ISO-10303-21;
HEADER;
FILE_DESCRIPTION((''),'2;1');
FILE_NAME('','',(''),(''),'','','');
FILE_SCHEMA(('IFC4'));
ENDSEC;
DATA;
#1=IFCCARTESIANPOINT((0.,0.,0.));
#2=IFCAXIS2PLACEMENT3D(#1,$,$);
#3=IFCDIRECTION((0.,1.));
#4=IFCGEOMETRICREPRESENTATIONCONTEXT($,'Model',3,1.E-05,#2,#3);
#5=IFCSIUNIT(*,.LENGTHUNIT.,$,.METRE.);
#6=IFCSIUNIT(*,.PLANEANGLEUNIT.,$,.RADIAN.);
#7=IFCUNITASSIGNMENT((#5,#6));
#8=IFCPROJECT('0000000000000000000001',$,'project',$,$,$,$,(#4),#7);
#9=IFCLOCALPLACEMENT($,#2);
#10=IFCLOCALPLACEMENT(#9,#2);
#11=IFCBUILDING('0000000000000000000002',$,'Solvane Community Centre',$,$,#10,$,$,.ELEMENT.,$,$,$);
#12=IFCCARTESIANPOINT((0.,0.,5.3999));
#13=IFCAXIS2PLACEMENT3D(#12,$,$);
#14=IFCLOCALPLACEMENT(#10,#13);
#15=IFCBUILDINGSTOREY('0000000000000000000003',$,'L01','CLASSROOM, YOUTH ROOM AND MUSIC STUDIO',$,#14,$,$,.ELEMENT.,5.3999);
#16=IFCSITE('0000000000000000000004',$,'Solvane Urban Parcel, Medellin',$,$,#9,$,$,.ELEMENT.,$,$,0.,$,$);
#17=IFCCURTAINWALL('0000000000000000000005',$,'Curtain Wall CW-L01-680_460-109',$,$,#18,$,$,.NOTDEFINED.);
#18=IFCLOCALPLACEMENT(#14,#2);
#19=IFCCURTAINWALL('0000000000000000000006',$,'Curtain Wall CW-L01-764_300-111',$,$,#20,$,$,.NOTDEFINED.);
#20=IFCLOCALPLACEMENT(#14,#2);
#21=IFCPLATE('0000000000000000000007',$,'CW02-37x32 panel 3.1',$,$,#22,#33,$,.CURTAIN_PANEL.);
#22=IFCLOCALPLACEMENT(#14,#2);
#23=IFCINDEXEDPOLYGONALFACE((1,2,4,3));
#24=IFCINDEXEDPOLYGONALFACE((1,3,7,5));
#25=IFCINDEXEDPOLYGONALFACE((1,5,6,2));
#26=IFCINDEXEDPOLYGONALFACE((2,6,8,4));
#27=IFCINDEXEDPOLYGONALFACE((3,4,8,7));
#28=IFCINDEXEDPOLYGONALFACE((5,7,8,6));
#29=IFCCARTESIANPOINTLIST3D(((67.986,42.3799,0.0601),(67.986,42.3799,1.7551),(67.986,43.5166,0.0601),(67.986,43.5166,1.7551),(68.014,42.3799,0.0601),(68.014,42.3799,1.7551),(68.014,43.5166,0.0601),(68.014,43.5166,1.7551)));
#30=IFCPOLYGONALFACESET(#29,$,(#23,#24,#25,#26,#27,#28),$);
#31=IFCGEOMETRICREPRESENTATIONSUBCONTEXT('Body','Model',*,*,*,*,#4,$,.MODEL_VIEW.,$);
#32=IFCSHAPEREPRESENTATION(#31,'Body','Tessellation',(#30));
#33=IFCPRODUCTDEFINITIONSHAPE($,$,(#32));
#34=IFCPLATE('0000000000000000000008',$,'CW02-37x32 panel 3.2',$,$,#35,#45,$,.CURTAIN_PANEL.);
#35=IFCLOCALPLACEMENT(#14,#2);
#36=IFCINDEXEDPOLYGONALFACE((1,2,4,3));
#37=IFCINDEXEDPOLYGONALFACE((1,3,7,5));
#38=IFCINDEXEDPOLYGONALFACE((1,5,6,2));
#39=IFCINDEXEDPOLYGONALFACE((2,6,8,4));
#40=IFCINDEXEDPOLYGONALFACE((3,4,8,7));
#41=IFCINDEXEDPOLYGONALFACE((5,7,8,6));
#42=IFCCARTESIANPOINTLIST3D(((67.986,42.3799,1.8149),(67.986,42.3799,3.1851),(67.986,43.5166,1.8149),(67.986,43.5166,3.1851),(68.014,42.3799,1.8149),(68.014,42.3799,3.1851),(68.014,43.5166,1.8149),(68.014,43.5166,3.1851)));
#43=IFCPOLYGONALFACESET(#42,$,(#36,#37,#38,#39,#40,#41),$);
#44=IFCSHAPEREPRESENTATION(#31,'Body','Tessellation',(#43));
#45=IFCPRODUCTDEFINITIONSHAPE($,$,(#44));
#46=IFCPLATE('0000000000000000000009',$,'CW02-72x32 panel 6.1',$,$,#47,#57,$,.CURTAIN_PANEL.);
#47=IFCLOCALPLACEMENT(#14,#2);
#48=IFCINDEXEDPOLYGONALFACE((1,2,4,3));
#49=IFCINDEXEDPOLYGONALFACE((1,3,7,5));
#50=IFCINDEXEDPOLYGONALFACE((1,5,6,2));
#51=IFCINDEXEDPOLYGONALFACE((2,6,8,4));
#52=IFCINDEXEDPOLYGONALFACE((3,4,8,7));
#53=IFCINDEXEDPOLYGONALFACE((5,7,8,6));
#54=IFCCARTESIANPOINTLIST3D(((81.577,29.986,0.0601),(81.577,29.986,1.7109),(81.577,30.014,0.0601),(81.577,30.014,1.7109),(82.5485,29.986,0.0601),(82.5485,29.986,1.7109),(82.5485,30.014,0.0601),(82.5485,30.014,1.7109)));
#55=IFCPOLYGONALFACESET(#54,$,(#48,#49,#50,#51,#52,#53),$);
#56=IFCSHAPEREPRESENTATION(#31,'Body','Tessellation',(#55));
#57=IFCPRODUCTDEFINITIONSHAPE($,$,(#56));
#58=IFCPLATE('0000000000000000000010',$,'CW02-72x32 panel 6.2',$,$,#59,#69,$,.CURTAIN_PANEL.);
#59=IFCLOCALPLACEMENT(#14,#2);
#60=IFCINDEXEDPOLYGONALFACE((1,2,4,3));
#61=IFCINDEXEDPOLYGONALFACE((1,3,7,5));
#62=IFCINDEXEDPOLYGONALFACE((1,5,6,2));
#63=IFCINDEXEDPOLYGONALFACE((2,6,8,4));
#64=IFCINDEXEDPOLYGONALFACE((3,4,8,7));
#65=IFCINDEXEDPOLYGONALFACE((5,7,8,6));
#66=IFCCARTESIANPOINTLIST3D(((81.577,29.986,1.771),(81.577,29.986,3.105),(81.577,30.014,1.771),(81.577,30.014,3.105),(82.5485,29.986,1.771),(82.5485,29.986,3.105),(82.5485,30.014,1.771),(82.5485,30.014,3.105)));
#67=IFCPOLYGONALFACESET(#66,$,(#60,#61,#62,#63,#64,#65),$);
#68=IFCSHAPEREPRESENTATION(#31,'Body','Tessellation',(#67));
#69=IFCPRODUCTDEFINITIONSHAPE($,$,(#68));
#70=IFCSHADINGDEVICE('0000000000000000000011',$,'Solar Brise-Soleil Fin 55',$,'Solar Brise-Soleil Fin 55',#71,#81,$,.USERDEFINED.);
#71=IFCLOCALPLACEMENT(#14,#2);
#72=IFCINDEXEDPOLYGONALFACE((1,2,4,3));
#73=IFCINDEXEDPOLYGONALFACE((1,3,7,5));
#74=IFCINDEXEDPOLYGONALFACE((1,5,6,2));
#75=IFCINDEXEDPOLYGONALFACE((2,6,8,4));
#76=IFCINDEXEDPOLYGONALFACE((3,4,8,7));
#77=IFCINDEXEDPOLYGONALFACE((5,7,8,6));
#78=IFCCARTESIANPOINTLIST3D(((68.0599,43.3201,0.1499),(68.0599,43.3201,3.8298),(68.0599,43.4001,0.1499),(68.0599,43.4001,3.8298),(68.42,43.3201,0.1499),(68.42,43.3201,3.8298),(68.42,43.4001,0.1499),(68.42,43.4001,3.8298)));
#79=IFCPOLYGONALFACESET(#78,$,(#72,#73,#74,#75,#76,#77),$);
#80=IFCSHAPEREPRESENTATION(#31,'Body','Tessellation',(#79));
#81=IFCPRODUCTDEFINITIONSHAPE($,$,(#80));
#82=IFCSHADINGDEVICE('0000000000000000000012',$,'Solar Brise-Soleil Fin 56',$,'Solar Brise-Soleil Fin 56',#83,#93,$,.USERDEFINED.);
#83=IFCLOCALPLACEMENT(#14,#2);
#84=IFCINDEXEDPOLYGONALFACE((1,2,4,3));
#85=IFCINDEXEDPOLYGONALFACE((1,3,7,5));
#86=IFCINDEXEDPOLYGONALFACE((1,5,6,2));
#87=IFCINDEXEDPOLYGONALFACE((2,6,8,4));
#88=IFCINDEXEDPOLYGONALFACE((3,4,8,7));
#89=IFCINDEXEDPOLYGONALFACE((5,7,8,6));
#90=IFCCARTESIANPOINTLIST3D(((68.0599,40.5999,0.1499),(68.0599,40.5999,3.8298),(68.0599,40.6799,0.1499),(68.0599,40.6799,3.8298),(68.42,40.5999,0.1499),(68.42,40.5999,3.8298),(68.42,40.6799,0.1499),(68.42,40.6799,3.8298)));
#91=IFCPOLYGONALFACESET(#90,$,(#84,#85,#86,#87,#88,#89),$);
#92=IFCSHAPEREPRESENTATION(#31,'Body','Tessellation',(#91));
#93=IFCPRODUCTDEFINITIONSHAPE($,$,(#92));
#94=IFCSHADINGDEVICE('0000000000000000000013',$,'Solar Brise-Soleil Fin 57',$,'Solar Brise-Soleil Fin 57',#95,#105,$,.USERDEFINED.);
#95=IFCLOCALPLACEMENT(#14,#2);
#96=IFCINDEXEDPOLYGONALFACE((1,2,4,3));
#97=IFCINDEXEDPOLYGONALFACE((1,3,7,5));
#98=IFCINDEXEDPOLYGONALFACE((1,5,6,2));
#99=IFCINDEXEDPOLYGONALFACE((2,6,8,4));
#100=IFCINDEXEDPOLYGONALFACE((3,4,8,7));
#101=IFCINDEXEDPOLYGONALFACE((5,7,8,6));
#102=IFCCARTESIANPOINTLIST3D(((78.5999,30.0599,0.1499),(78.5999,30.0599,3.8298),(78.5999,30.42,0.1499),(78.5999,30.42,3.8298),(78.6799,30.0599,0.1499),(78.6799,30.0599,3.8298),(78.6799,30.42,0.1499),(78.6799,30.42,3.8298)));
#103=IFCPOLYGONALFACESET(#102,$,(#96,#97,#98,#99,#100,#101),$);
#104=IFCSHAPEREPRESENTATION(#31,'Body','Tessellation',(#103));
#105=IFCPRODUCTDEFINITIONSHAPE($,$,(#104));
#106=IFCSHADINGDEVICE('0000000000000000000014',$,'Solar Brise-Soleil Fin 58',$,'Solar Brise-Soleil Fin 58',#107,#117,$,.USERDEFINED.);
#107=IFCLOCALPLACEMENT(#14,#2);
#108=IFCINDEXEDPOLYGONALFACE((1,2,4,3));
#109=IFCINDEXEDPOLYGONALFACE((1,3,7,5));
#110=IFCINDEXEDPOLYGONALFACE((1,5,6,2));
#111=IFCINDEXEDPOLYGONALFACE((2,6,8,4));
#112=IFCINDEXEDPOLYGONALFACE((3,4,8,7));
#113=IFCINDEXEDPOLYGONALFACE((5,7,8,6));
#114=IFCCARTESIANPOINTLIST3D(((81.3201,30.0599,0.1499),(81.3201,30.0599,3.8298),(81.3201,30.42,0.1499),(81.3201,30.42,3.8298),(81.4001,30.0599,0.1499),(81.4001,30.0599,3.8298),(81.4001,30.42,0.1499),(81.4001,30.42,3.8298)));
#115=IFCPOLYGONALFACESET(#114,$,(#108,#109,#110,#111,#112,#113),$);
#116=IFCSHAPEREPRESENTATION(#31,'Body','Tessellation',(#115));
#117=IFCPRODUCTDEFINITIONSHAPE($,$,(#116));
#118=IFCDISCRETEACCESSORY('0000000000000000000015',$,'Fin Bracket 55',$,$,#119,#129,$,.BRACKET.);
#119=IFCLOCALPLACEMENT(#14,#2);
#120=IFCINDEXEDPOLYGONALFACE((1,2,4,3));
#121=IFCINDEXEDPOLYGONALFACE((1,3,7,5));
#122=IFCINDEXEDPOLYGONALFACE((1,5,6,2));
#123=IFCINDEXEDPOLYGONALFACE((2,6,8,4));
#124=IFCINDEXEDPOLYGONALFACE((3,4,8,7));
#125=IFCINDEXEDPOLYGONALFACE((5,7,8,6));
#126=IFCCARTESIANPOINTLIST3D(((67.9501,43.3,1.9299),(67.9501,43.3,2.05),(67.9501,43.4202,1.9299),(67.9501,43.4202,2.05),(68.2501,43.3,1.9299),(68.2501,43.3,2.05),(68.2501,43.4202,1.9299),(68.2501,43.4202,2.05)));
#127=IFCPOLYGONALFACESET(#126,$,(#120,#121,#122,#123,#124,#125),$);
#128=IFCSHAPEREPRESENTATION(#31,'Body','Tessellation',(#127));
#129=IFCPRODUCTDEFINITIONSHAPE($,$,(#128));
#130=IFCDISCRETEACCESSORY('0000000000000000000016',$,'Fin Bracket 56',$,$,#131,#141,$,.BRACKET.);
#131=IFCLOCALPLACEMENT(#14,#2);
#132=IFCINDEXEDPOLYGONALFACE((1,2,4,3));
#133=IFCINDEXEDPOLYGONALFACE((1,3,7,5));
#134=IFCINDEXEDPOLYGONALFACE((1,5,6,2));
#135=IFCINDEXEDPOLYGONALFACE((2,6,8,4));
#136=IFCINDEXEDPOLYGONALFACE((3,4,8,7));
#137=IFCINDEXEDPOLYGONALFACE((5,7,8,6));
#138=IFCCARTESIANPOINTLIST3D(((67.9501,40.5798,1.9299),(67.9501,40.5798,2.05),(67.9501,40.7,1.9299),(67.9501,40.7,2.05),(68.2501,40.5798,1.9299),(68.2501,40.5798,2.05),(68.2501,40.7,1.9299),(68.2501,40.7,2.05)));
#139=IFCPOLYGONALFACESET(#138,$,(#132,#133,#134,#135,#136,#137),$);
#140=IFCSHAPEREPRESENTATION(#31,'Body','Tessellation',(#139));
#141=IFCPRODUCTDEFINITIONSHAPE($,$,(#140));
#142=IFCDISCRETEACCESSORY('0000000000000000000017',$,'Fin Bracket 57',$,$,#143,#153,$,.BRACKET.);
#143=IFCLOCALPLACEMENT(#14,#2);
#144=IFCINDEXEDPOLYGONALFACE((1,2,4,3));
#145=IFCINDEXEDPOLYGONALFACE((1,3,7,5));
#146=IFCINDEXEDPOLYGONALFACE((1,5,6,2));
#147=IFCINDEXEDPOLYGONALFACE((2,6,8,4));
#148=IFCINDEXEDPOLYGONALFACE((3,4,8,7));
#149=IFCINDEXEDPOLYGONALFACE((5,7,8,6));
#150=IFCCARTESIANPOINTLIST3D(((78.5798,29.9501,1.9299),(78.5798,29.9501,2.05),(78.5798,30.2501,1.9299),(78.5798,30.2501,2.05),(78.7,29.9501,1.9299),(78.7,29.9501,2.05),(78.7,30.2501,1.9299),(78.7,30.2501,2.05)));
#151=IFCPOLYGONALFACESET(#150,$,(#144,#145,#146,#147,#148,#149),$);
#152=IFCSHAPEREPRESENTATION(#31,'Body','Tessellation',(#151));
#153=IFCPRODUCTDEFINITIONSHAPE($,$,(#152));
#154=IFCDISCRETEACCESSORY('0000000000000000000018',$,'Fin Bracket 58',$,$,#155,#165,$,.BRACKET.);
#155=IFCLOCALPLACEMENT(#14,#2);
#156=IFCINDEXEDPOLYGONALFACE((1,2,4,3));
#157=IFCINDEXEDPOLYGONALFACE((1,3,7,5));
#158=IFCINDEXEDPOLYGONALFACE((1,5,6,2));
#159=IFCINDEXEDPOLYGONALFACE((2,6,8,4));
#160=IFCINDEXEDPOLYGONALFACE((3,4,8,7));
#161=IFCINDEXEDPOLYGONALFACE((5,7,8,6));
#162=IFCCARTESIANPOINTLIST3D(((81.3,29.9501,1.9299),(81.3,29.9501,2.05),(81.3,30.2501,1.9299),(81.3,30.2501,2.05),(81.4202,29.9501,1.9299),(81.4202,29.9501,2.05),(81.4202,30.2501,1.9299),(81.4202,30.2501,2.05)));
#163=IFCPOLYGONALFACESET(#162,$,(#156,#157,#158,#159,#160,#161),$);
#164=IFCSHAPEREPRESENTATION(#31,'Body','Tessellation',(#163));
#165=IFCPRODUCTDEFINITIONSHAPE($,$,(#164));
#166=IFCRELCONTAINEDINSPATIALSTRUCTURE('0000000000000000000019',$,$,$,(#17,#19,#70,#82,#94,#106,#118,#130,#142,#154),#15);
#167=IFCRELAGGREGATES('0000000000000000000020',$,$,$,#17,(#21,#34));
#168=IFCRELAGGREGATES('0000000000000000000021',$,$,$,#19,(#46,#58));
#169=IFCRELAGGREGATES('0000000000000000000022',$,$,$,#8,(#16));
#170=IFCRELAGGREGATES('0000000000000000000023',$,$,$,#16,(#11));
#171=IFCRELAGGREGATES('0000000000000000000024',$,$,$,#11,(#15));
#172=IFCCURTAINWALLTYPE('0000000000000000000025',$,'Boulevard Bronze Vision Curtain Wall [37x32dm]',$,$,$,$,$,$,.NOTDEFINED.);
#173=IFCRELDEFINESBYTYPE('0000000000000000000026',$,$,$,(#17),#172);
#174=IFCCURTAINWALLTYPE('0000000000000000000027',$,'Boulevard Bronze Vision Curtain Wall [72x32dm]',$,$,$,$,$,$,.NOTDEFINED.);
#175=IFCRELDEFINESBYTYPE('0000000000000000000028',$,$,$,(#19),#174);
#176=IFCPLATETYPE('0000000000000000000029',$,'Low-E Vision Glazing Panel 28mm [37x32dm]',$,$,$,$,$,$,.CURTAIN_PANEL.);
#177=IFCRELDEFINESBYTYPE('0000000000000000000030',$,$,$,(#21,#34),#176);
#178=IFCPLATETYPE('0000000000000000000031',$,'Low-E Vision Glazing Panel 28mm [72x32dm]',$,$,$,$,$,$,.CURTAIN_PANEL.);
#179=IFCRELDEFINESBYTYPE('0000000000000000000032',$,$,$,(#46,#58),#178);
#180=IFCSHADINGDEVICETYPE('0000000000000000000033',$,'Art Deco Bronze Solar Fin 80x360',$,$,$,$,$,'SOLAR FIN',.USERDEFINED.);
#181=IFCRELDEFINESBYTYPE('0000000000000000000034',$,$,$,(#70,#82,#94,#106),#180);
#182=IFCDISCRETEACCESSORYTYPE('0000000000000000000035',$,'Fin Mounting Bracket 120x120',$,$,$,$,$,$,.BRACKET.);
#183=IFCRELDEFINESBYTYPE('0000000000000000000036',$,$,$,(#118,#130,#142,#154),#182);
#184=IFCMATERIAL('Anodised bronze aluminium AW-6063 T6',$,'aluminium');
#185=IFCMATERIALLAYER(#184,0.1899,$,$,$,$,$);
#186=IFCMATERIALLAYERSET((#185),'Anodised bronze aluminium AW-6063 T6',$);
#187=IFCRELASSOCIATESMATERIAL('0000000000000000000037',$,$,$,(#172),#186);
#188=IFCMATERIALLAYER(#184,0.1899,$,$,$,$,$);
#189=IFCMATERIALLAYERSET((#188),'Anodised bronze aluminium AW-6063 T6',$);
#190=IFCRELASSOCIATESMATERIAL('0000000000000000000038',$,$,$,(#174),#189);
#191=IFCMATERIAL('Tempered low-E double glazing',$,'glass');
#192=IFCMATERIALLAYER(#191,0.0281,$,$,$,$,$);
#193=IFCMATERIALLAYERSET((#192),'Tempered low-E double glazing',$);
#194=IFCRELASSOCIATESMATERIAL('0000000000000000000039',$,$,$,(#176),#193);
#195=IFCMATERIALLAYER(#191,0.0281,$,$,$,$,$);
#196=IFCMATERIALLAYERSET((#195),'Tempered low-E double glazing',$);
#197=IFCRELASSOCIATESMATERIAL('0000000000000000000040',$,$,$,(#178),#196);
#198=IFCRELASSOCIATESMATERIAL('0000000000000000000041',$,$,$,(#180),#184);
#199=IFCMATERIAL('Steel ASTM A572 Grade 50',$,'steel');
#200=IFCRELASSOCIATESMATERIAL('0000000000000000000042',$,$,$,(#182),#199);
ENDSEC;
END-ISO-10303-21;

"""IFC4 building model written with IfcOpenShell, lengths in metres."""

from ifc_helpers import new_model, si_unit, direction, frame, origin, origin_2d, place, context, subcontext, project, spatial, rectangle, extrude, material, layer, layer_set, type_object, element, aggregate, save


model = new_model("IFC4")

# Units and contexts
model_context = context("Model", 3, precision=1e-05, world=origin(), true_north=direction((0.0, 1.0)))
body_context = subcontext(model_context, "Body", "Model", "MODEL_VIEW")
ifc_project = project(units=[si_unit("LENGTHUNIT", "METRE"), si_unit("PLANEANGLEUNIT", "RADIAN")], contexts=[model_context])

# Site, building, storey
site_placement = place(None, origin())
site = spatial("IfcSite", under=ifc_project, at=site_placement, Name="Solvane Urban Parcel, Medellin", CompositionType="ELEMENT", RefElevation=0.0)
building_placement = place(site_placement, origin())
building = spatial("IfcBuilding", under=site, at=building_placement, Name="Solvane Community Centre", CompositionType="ELEMENT")
storey_placement = place(building_placement, frame((0.0, 0.0, 5.3999)))
storey = spatial("IfcBuildingStorey", under=building, at=storey_placement, Name="L01", Description="CLASSROOM, YOUTH ROOM AND MUSIC STUDIO", CompositionType="ELEMENT", Elevation=5.3999)

# Curtain wall
ifc_material_1 = material(Name="Anodised bronze aluminium AW-6063 T6", Category="aluminium")
ifc_layer_1 = layer(ifc_material_1, 0.1899)
ifc_layer_set_1 = layer_set([ifc_layer_1], Name="Anodised bronze aluminium AW-6063 T6")
curtain_wall_type_1 = type_object("IfcCurtainWallType", Name="Boulevard Bronze Vision Curtain Wall [37x32dm]", PredefinedType="NOTDEFINED", material=ifc_layer_set_1)
curtain_wall_1_placement = place(storey_placement, origin())
curtain_wall_1 = element("IfcCurtainWall", 1, at=curtain_wall_1_placement, inside=storey, type_object=curtain_wall_type_1, Name="Curtain Wall CW-L01-680_460-109", PredefinedType="NOTDEFINED")

# Curtain wall
ifc_layer_2 = layer(ifc_material_1, 0.1899)
ifc_layer_set_2 = layer_set([ifc_layer_2], Name="Anodised bronze aluminium AW-6063 T6")
curtain_wall_type_2 = type_object("IfcCurtainWallType", Name="Boulevard Bronze Vision Curtain Wall [72x32dm]", PredefinedType="NOTDEFINED", material=ifc_layer_set_2)
curtain_wall_2_placement = place(storey_placement, origin())
curtain_wall_2 = element("IfcCurtainWall", 2, at=curtain_wall_2_placement, inside=storey, type_object=curtain_wall_type_2, Name="Curtain Wall CW-L01-764_300-111", PredefinedType="NOTDEFINED")

# Plates
ifc_material_2 = material(Name="Tempered low-E double glazing", Category="glass")
ifc_layer_3 = layer(ifc_material_2, 0.0281)
ifc_layer_set_3 = layer_set([ifc_layer_3], Name="Tempered low-E double glazing")
plate_type_1 = type_object("IfcPlateType", Name="Low-E Vision Glazing Panel 28mm [37x32dm]", PredefinedType="CURTAIN_PANEL", material=ifc_layer_set_3)
plate_1_placement = place(storey_placement, frame((68.0, 42.9482, 0.0601), z_axis=(0.0, 0.0, 1.0), x_axis=(0.0, -1.0, 0.0)))
plate_1 = element("IfcPlate", 3, at=plate_1_placement, type_object=plate_type_1, Name="CW02-37x32 panel 3.1", PredefinedType="CURTAIN_PANEL", context=body_context, shape_type="SweptSolid", body=[
    extrude(rectangle(XDim=1.1367, YDim=0.0281, at=origin_2d()), origin(), (0.0, 0.0, 1.0), 1.6951),
])
plate_2_placement = place(storey_placement, frame((68.0, 42.9482, 1.8149), z_axis=(0.0, 0.0, 1.0), x_axis=(0.0, -1.0, 0.0)))
plate_2 = element("IfcPlate", 4, at=plate_2_placement, type_object=plate_type_1, Name="CW02-37x32 panel 3.2", PredefinedType="CURTAIN_PANEL", context=body_context, shape_type="SweptSolid", body=[
    extrude(rectangle(XDim=1.1367, YDim=0.0281, at=origin_2d()), origin(), (0.0, 0.0, 1.0), 1.3701),
])
aggregate(curtain_wall_1, [plate_1, plate_2])
ifc_layer_4 = layer(ifc_material_2, 0.0281)
ifc_layer_set_4 = layer_set([ifc_layer_4], Name="Tempered low-E double glazing")
plate_type_2 = type_object("IfcPlateType", Name="Low-E Vision Glazing Panel 28mm [72x32dm]", PredefinedType="CURTAIN_PANEL", material=ifc_layer_set_4)
plate_3_placement = place(storey_placement, frame((82.0627, 30.0, 0.0601), z_axis=(0.0, 0.0, 1.0), x_axis=(1.0, 0.0, 0.0)))
plate_3 = element("IfcPlate", 5, at=plate_3_placement, type_object=plate_type_2, Name="CW02-72x32 panel 6.1", PredefinedType="CURTAIN_PANEL", context=body_context, shape_type="SweptSolid", body=[
    extrude(rectangle(XDim=0.9714, YDim=0.0281, at=origin_2d()), origin(), (0.0, 0.0, 1.0), 1.6509),
])
plate_4_placement = place(storey_placement, frame((82.0627, 30.0, 1.771), z_axis=(0.0, 0.0, 1.0), x_axis=(1.0, 0.0, 0.0)))
plate_4 = element("IfcPlate", 6, at=plate_4_placement, type_object=plate_type_2, Name="CW02-72x32 panel 6.2", PredefinedType="CURTAIN_PANEL", context=body_context, shape_type="SweptSolid", body=[
    extrude(rectangle(XDim=0.9714, YDim=0.0281, at=origin_2d()), origin(), (0.0, 0.0, 1.0), 1.334),
])
aggregate(curtain_wall_2, [plate_3, plate_4])

# Shading devices
shading_device_type = type_object("IfcShadingDeviceType", Name="Art Deco Bronze Solar Fin 80x360", ElementType="SOLAR FIN", PredefinedType="USERDEFINED", material=ifc_material_1)
shading_device_1_placement = place(storey_placement, frame((68.24, 43.3601, 0.1499), z_axis=(0.0, 0.0, 1.0), x_axis=(0.0, -1.0, 0.0)))
element("IfcShadingDevice", 7, at=shading_device_1_placement, inside=storey, type_object=shading_device_type, Name="Solar Brise-Soleil Fin 55", ObjectType="Solar Brise-Soleil Fin 55", PredefinedType="USERDEFINED", context=body_context, shape_type="SweptSolid", body=[
    extrude(rectangle(XDim=0.0801, YDim=0.3601, at=origin_2d()), origin(), (0.0, 0.0, 1.0), 3.6799),
])
shading_device_2_placement = place(storey_placement, frame((68.24, 40.6399, 0.1499), z_axis=(0.0, 0.0, 1.0), x_axis=(0.0, -1.0, 0.0)))
element("IfcShadingDevice", 8, at=shading_device_2_placement, inside=storey, type_object=shading_device_type, Name="Solar Brise-Soleil Fin 56", ObjectType="Solar Brise-Soleil Fin 56", PredefinedType="USERDEFINED", context=body_context, shape_type="SweptSolid", body=[
    extrude(rectangle(XDim=0.0801, YDim=0.3601, at=origin_2d()), origin(), (0.0, 0.0, 1.0), 3.6799),
])
shading_device_3_placement = place(storey_placement, frame((78.6399, 30.24, 0.1499), z_axis=(0.0, 0.0, 1.0), x_axis=(1.0, 0.0, 0.0)))
element("IfcShadingDevice", 9, at=shading_device_3_placement, inside=storey, type_object=shading_device_type, Name="Solar Brise-Soleil Fin 57", ObjectType="Solar Brise-Soleil Fin 57", PredefinedType="USERDEFINED", context=body_context, shape_type="SweptSolid", body=[
    extrude(rectangle(XDim=0.0801, YDim=0.3601, at=origin_2d()), origin(), (0.0, 0.0, 1.0), 3.6799),
])
shading_device_4_placement = place(storey_placement, frame((81.3601, 30.24, 0.1499), z_axis=(0.0, 0.0, 1.0), x_axis=(1.0, 0.0, 0.0)))
element("IfcShadingDevice", 10, at=shading_device_4_placement, inside=storey, type_object=shading_device_type, Name="Solar Brise-Soleil Fin 58", ObjectType="Solar Brise-Soleil Fin 58", PredefinedType="USERDEFINED", context=body_context, shape_type="SweptSolid", body=[
    extrude(rectangle(XDim=0.0801, YDim=0.3601, at=origin_2d()), origin(), (0.0, 0.0, 1.0), 3.6799),
])

# Discrete accessories
ifc_material_3 = material(Name="Steel ASTM A572 Grade 50", Category="steel")
discrete_accessory_type = type_object("IfcDiscreteAccessoryType", Name="Fin Mounting Bracket 120x120", PredefinedType="BRACKET", material=ifc_material_3)
for number, where, z_axis, x_axis, name in (
    (11, (68.1001, 43.3601, 1.9299), (0.0, 0.0, 1.0), (0.0, -1.0, 0.0), "Fin Bracket 55"),
    (12, (68.1001, 40.6399, 1.9299), (0.0, 0.0, 1.0), (0.0, -1.0, 0.0), "Fin Bracket 56"),
    (13, (78.6399, 30.1001, 1.9299), (0.0, 0.0, 1.0), (1.0, 0.0, 0.0), "Fin Bracket 57"),
    (14, (81.3601, 30.1001, 1.9299), (0.0, 0.0, 1.0), (1.0, 0.0, 0.0), "Fin Bracket 58"),
):
    element("IfcDiscreteAccessory", number, at=place(storey_placement, frame(where, z_axis=z_axis, x_axis=x_axis)), inside=storey, type_object=discrete_accessory_type, Name=name, PredefinedType="BRACKET", context=body_context, shape_type="SweptSolid", body=[
        extrude(rectangle(XDim=0.1201, YDim=0.3, at=origin_2d()), origin(), (0.0, 0.0, 1.0), 0.1201),
    ])

save(model, "model.ifc")
